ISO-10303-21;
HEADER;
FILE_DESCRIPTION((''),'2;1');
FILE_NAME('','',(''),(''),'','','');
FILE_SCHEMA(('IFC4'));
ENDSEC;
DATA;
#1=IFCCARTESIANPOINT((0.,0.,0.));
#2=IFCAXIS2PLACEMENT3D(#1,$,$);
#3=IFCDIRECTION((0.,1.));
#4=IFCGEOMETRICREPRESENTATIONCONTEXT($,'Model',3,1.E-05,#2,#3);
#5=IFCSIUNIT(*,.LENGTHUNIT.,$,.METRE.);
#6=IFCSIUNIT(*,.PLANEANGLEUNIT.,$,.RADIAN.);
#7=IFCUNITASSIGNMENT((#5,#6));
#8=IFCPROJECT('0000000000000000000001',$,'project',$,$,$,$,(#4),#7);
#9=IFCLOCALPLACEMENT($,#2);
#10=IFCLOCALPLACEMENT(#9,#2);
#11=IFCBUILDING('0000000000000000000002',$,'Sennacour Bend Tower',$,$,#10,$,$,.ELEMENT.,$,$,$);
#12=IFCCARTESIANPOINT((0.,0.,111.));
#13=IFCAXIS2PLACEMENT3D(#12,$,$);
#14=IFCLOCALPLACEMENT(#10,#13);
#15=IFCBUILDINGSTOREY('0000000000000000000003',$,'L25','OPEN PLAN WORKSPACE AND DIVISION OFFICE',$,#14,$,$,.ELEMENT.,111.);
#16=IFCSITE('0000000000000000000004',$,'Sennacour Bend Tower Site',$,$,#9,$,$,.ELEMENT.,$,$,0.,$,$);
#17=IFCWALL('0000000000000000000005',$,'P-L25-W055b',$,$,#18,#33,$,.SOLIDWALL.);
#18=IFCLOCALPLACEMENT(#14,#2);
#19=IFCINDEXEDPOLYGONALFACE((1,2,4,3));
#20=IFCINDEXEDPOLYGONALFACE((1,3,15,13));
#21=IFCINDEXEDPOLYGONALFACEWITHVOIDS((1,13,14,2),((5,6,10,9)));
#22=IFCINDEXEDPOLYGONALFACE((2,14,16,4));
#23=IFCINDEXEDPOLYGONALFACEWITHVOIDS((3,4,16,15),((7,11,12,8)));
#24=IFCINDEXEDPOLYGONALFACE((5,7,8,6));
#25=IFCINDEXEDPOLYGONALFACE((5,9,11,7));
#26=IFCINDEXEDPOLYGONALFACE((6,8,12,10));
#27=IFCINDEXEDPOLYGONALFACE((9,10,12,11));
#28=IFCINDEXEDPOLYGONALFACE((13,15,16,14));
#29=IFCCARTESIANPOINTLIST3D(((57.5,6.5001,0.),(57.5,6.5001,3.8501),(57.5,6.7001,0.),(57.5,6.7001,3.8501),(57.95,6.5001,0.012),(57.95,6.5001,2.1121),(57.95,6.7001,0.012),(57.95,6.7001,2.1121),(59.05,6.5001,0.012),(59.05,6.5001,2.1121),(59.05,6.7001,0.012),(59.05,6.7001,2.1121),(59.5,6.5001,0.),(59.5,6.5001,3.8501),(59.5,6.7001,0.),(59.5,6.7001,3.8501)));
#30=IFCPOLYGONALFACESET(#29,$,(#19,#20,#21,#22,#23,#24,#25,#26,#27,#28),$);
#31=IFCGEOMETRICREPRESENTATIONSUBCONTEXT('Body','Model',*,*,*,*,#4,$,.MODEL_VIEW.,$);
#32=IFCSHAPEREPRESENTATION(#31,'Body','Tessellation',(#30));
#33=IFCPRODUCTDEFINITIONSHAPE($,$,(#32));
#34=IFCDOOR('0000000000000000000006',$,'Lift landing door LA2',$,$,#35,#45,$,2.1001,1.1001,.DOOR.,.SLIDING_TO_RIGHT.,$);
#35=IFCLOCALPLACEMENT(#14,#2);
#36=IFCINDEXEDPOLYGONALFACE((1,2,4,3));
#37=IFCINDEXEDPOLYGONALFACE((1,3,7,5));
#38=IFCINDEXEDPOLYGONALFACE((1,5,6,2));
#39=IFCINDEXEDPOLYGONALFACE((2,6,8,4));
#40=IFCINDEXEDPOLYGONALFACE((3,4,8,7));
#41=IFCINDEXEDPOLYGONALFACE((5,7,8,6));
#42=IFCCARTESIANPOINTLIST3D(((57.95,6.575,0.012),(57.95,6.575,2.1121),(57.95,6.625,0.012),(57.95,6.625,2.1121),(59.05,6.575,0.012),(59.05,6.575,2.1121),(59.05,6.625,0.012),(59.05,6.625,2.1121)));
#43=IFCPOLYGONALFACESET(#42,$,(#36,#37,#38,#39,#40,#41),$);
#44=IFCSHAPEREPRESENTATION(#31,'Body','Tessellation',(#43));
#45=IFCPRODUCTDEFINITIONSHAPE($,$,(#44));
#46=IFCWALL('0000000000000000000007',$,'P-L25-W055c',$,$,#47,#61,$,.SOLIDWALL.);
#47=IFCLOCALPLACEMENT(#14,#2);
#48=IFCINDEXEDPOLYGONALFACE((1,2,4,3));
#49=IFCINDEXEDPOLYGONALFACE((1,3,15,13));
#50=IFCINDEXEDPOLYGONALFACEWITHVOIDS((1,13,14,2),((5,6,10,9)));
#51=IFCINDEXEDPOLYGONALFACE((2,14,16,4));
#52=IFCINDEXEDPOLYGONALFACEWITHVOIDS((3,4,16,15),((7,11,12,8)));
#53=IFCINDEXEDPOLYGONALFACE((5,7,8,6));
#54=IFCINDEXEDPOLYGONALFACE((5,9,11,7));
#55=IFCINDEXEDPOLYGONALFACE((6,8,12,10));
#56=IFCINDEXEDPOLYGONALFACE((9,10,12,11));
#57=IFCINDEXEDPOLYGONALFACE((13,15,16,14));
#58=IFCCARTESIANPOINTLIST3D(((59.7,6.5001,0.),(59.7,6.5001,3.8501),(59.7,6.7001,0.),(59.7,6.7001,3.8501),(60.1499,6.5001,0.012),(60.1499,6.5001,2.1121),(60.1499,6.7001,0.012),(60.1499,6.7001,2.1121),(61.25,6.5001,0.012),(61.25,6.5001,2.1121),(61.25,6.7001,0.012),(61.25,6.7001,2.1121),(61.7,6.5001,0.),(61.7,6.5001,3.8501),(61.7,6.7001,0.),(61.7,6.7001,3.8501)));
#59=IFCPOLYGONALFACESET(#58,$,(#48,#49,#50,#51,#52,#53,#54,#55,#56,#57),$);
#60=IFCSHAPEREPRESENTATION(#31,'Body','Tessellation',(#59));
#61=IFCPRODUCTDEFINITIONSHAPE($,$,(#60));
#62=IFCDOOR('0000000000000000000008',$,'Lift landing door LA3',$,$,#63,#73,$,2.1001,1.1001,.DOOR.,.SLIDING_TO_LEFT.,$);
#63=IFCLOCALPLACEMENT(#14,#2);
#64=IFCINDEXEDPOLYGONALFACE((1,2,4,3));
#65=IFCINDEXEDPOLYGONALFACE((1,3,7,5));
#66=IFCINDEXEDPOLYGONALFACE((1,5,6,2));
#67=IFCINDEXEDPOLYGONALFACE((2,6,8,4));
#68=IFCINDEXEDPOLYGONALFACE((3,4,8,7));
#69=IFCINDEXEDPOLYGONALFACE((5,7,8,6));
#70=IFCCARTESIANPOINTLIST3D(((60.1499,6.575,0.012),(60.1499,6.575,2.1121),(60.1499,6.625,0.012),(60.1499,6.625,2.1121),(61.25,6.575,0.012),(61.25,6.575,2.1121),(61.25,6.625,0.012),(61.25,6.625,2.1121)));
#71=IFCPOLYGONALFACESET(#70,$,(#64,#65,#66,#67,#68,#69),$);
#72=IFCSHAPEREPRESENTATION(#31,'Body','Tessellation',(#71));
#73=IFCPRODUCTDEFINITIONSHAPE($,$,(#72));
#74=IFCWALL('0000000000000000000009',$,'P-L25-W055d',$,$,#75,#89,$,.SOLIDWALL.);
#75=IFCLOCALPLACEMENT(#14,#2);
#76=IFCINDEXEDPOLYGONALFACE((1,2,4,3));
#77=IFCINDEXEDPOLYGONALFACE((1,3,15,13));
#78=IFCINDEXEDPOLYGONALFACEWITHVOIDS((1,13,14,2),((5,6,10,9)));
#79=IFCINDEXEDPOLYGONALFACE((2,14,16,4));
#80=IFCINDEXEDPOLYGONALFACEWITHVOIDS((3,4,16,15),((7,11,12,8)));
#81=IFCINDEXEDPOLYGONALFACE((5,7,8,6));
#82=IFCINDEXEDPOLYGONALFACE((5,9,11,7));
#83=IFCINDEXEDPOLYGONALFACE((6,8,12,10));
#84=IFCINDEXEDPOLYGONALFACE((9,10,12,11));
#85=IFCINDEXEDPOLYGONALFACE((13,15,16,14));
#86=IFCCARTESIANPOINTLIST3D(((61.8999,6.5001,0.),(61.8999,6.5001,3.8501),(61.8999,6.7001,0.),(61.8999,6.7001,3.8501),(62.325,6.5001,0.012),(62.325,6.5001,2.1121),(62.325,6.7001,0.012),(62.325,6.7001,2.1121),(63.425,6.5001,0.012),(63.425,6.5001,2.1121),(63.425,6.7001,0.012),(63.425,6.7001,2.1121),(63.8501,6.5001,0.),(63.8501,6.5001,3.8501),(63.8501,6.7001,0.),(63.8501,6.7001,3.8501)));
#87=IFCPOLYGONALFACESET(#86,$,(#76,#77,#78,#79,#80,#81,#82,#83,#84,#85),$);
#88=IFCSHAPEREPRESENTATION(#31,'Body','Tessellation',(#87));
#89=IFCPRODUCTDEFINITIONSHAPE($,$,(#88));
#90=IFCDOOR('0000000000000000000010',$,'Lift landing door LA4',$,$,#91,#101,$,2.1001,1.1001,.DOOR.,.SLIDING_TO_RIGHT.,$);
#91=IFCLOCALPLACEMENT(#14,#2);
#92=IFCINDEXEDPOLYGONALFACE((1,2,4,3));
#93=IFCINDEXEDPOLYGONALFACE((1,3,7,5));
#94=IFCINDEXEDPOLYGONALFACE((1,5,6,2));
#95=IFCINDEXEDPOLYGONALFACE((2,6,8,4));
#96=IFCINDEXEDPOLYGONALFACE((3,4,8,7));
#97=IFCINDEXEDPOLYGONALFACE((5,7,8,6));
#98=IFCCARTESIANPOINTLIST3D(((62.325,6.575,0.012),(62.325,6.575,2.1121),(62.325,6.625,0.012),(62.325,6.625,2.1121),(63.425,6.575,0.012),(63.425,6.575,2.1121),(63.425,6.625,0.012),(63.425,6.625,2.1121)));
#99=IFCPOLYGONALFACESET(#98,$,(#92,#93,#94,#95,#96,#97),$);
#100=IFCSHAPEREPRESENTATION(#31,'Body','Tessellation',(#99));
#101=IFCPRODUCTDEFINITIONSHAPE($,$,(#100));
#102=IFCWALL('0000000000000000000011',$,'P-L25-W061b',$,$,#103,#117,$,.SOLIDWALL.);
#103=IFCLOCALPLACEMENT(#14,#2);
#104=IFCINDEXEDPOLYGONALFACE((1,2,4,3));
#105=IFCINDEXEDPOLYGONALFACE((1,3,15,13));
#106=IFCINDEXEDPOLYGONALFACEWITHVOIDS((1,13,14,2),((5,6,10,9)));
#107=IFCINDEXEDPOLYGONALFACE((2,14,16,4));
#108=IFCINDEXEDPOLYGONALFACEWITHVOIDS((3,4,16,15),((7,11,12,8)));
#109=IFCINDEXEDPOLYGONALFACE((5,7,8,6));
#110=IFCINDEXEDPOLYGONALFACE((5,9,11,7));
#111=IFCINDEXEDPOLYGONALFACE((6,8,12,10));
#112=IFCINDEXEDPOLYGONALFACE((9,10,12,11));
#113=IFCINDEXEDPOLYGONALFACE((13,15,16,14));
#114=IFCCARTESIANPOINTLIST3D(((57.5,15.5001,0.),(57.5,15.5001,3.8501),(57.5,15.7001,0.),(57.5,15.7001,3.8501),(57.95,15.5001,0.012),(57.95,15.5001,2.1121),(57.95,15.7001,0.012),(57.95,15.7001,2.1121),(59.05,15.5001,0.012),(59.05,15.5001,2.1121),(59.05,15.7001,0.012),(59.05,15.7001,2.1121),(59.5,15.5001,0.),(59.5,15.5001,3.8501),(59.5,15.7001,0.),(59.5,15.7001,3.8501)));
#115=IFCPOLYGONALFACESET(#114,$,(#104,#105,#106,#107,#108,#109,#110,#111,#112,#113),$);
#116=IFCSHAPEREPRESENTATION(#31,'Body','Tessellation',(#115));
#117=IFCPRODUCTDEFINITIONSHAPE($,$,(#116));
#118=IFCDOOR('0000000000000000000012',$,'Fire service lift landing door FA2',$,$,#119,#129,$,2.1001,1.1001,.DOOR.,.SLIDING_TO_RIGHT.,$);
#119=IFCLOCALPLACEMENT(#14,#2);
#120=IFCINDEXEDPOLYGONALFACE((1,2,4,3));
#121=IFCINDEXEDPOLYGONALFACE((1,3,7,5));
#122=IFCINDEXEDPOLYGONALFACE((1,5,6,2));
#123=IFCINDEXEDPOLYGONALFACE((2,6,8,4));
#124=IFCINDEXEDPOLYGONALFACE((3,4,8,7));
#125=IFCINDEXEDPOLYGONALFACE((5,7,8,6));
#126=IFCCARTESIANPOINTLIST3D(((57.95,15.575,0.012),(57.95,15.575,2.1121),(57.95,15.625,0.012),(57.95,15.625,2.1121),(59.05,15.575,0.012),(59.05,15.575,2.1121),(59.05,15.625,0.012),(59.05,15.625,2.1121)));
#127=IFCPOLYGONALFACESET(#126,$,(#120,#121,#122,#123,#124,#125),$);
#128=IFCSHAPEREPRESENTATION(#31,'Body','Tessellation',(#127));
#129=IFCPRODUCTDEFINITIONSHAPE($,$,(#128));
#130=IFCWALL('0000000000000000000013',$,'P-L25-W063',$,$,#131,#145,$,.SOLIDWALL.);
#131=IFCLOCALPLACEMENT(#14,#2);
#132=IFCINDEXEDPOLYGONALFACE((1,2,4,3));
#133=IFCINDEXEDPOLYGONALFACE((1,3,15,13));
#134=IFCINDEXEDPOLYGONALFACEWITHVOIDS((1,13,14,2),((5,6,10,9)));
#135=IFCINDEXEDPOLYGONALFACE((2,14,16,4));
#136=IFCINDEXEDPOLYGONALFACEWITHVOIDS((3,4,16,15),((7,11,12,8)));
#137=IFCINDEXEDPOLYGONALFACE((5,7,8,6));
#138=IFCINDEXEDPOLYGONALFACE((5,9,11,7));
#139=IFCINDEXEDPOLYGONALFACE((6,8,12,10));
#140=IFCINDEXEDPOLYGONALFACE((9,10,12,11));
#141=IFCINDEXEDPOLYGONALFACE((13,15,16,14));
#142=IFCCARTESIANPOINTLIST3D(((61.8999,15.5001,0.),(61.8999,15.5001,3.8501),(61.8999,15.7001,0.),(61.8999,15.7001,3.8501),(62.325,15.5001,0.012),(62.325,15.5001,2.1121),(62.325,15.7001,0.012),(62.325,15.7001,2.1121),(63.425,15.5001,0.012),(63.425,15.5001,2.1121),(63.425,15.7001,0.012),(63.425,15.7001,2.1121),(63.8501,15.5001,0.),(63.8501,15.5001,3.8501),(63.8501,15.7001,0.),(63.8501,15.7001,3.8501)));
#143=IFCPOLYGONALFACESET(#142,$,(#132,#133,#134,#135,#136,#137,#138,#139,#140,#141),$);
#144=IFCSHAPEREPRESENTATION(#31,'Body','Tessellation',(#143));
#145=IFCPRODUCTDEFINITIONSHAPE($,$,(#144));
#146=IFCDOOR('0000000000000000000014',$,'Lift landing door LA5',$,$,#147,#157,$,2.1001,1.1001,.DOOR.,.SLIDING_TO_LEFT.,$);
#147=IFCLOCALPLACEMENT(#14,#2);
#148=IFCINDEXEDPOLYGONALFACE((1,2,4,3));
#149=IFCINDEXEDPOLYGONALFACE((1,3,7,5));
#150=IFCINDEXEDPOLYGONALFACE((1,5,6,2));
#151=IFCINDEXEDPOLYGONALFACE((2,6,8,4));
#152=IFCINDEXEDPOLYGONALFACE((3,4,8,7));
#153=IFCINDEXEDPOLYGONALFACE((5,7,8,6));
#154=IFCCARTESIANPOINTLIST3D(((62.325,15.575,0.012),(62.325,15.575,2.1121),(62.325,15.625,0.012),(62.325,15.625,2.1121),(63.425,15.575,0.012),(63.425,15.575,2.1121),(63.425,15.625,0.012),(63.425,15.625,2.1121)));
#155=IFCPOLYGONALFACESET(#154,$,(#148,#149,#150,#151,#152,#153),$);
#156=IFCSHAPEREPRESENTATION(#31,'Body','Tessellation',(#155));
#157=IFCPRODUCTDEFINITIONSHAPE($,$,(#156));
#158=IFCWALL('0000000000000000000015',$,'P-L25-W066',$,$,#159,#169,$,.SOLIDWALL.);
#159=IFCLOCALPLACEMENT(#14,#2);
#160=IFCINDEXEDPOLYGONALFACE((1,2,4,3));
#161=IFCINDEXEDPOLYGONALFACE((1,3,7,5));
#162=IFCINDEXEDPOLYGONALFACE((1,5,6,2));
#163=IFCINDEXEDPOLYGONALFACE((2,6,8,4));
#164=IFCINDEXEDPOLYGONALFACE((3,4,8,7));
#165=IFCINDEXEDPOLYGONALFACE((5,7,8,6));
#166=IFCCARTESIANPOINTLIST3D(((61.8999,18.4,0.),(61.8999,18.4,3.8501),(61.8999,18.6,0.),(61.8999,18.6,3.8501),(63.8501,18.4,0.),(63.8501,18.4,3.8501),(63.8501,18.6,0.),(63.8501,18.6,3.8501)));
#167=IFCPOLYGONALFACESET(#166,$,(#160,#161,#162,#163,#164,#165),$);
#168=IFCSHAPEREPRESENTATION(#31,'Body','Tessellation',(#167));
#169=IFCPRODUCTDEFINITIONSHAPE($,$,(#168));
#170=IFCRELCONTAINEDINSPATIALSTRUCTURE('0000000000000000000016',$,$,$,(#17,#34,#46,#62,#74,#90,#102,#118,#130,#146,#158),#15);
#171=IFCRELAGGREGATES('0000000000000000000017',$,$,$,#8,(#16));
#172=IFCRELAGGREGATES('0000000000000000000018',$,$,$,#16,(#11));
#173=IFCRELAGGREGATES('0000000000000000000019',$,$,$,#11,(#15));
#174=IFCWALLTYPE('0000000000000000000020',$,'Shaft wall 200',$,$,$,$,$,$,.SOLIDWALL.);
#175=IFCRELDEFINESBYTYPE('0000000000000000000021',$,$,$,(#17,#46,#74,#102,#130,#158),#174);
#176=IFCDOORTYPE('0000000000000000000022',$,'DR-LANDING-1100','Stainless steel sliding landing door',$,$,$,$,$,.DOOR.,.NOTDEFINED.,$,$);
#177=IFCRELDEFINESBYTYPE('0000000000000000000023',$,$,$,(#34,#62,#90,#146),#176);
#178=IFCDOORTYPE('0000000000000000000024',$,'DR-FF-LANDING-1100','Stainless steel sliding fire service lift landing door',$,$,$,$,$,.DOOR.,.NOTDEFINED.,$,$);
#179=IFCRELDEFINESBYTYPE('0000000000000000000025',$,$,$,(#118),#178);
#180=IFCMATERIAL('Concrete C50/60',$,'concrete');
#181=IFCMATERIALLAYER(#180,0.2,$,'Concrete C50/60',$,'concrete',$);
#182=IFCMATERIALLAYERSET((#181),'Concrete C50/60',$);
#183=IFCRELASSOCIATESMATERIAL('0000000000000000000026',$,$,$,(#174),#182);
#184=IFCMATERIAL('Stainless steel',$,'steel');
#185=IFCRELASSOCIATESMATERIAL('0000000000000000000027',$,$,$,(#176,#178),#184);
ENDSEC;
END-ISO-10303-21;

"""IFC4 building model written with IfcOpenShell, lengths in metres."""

from ifc_helpers import new_model, si_unit, direction, frame, frame_2d, origin, place, context, subcontext, project, spatial, rectangle, extrude, material, layer, layer_set, type_object, element, fill, save


model = new_model("IFC4")

# Units and contexts
model_context = context("Model", 3, precision=1e-05, world=origin(), true_north=direction((0.0, 1.0)))
body_context = subcontext(model_context, "Body", "Model", "MODEL_VIEW")
ifc_project = project(units=[si_unit("LENGTHUNIT", "METRE"), si_unit("PLANEANGLEUNIT", "RADIAN")], contexts=[model_context])

# Site, building, storey
site_placement = place(None, origin())
site = spatial("IfcSite", under=ifc_project, at=site_placement, Name="Sennacour Bend Tower Site", CompositionType="ELEMENT", RefElevation=0.0)
building_placement = place(site_placement, origin())
building = spatial("IfcBuilding", under=site, at=building_placement, Name="Sennacour Bend Tower", CompositionType="ELEMENT")
storey_placement = place(building_placement, frame((0.0, 0.0, 111.0)))
storey = spatial("IfcBuildingStorey", under=building, at=storey_placement, Name="L25", Description="OPEN PLAN WORKSPACE AND DIVISION OFFICE", CompositionType="ELEMENT", Elevation=111.0)

# Shared definitions
ifc_material_1 = material(Name="Concrete C50/60", Category="concrete")
ifc_layer_1 = layer(ifc_material_1, 0.2, Name="Concrete C50/60", Category="concrete")
ifc_layer_set_1 = layer_set([ifc_layer_1], Name="Concrete C50/60")
wall_type_1 = type_object("IfcWallType", Name="Shaft wall 200", PredefinedType="SOLIDWALL", material=ifc_layer_set_1)

# Walls, openings, doors
wall_1_placement = place(storey_placement, frame((57.5, 6.6001, 0.0), z_axis=(0.0, 0.0, 1.0), x_axis=(1.0, 0.0, 0.0)))
wall_1 = element("IfcWall", 1, at=wall_1_placement, inside=storey, type_object=wall_type_1, Name="P-L25-W055b", PredefinedType="SOLIDWALL", context=body_context, shape_type="SweptSolid", body=[
    extrude(rectangle(XDim=2.0, YDim=0.2, at=frame_2d((1.0, 0.0))), origin(), (0.0, 0.0, 1.0), 3.8501),
])
opening_1_placement = place(wall_1_placement, frame((0.45, 0.0, 0.012)))
opening_1 = element("IfcOpeningElement", 2, at=opening_1_placement, cuts=wall_1, PredefinedType="OPENING", context=body_context, shape_type="SweptSolid", body=[
    extrude(rectangle(XDim=1.1001, YDim=2.1001, at=frame_2d((0.55, 1.05))), frame((0.0, 0.1099, 0.0), z_axis=(0.0, -1.0, 0.0), x_axis=(1.0, 0.0, 0.0)), (0.0, 0.0, 1.0), 0.22),
])
ifc_material_2 = material(Name="Stainless steel", Category="steel")
door_type_1 = type_object("IfcDoorType", Name="DR-LANDING-1100", Description="Stainless steel sliding landing door", OperationType="NOTDEFINED", PredefinedType="DOOR", material=ifc_material_2)
door_1_placement = place(opening_1_placement, origin())
door_1 = element("IfcDoor", 3, at=door_1_placement, inside=storey, type_object=door_type_1, Name="Lift landing door LA2", OperationType="SLIDING_TO_RIGHT", OverallHeight=2.1001, OverallWidth=1.1001, PredefinedType="DOOR", context=body_context, shape_type="SweptSolid", body=[
    extrude(rectangle(XDim=1.1001, YDim=2.1001, at=frame_2d((0.55, 1.05))), frame((0.0, 0.0249, 0.0), z_axis=(0.0, -1.0, 0.0), x_axis=(1.0, 0.0, 0.0)), (0.0, 0.0, 1.0), 0.05),
])
fill(opening_1, door_1)
wall_2_placement = place(storey_placement, frame((59.7, 6.6001, 0.0), z_axis=(0.0, 0.0, 1.0), x_axis=(1.0, 0.0, 0.0)))
wall_2 = element("IfcWall", 4, at=wall_2_placement, inside=storey, type_object=wall_type_1, Name="P-L25-W055c", PredefinedType="SOLIDWALL", context=body_context, shape_type="SweptSolid", body=[
    extrude(rectangle(XDim=2.0, YDim=0.2, at=frame_2d((1.0, 0.0))), origin(), (0.0, 0.0, 1.0), 3.8501),
])
opening_2_placement = place(wall_2_placement, frame((0.45, 0.0, 0.012)))
opening_2 = element("IfcOpeningElement", 5, at=opening_2_placement, cuts=wall_2, PredefinedType="OPENING", context=body_context, shape_type="SweptSolid", body=[
    extrude(rectangle(XDim=1.1001, YDim=2.1001, at=frame_2d((0.55, 1.05))), frame((0.0, 0.1099, 0.0), z_axis=(0.0, -1.0, 0.0), x_axis=(1.0, 0.0, 0.0)), (0.0, 0.0, 1.0), 0.22),
])
door_2_placement = place(opening_2_placement, origin())
door_2 = element("IfcDoor", 6, at=door_2_placement, inside=storey, type_object=door_type_1, Name="Lift landing door LA3", OperationType="SLIDING_TO_LEFT", OverallHeight=2.1001, OverallWidth=1.1001, PredefinedType="DOOR", context=body_context, shape_type="SweptSolid", body=[
    extrude(rectangle(XDim=1.1001, YDim=2.1001, at=frame_2d((0.55, 1.05))), frame((0.0, 0.0249, 0.0), z_axis=(0.0, -1.0, 0.0), x_axis=(1.0, 0.0, 0.0)), (0.0, 0.0, 1.0), 0.05),
])
fill(opening_2, door_2)
wall_3_placement = place(storey_placement, frame((61.8999, 6.6001, 0.0), z_axis=(0.0, 0.0, 1.0), x_axis=(1.0, 0.0, 0.0)))
wall_3 = element("IfcWall", 7, at=wall_3_placement, inside=storey, type_object=wall_type_1, Name="P-L25-W055d", PredefinedType="SOLIDWALL", context=body_context, shape_type="SweptSolid", body=[
    extrude(rectangle(XDim=1.9502, YDim=0.2, at=frame_2d((0.9751, 0.0))), origin(), (0.0, 0.0, 1.0), 3.8501),
])
opening_3_placement = place(wall_3_placement, frame((0.425, 0.0, 0.012)))
opening_3 = element("IfcOpeningElement", 8, at=opening_3_placement, cuts=wall_3, PredefinedType="OPENING", context=body_context, shape_type="SweptSolid", body=[
    extrude(rectangle(XDim=1.1001, YDim=2.1001, at=frame_2d((0.55, 1.05))), frame((0.0, 0.1099, 0.0), z_axis=(0.0, -1.0, 0.0), x_axis=(1.0, 0.0, 0.0)), (0.0, 0.0, 1.0), 0.22),
])
door_3_placement = place(opening_3_placement, origin())
door_3 = element("IfcDoor", 9, at=door_3_placement, inside=storey, type_object=door_type_1, Name="Lift landing door LA4", OperationType="SLIDING_TO_RIGHT", OverallHeight=2.1001, OverallWidth=1.1001, PredefinedType="DOOR", context=body_context, shape_type="SweptSolid", body=[
    extrude(rectangle(XDim=1.1001, YDim=2.1001, at=frame_2d((0.55, 1.05))), frame((0.0, 0.0249, 0.0), z_axis=(0.0, -1.0, 0.0), x_axis=(1.0, 0.0, 0.0)), (0.0, 0.0, 1.0), 0.05),
])
fill(opening_3, door_3)
wall_4_placement = place(storey_placement, frame((57.5, 15.6001, 0.0), z_axis=(0.0, 0.0, 1.0), x_axis=(1.0, 0.0, 0.0)))
wall_4 = element("IfcWall", 10, at=wall_4_placement, inside=storey, type_object=wall_type_1, Name="P-L25-W061b", PredefinedType="SOLIDWALL", context=body_context, shape_type="SweptSolid", body=[
    extrude(rectangle(XDim=2.0, YDim=0.2, at=frame_2d((1.0, 0.0))), origin(), (0.0, 0.0, 1.0), 3.8501),
])
opening_4_placement = place(wall_4_placement, frame((0.45, 0.0, 0.012)))
opening_4 = element("IfcOpeningElement", 11, at=opening_4_placement, cuts=wall_4, PredefinedType="OPENING", context=body_context, shape_type="SweptSolid", body=[
    extrude(rectangle(XDim=1.1001, YDim=2.1001, at=frame_2d((0.55, 1.05))), frame((0.0, 0.1099, 0.0), z_axis=(0.0, -1.0, 0.0), x_axis=(1.0, 0.0, 0.0)), (0.0, 0.0, 1.0), 0.22),
])
door_type_2 = type_object("IfcDoorType", Name="DR-FF-LANDING-1100", Description="Stainless steel sliding fire service lift landing door", OperationType="NOTDEFINED", PredefinedType="DOOR", material=ifc_material_2)
door_4_placement = place(opening_4_placement, origin())
door_4 = element("IfcDoor", 12, at=door_4_placement, inside=storey, type_object=door_type_2, Name="Fire service lift landing door FA2", OperationType="SLIDING_TO_RIGHT", OverallHeight=2.1001, OverallWidth=1.1001, PredefinedType="DOOR", context=body_context, shape_type="SweptSolid", body=[
    extrude(rectangle(XDim=1.1001, YDim=2.1001, at=frame_2d((0.55, 1.05))), frame((0.0, 0.0249, 0.0), z_axis=(0.0, -1.0, 0.0), x_axis=(1.0, 0.0, 0.0)), (0.0, 0.0, 1.0), 0.05),
])
fill(opening_4, door_4)
wall_5_placement = place(storey_placement, frame((61.8999, 15.6001, 0.0), z_axis=(0.0, 0.0, 1.0), x_axis=(1.0, 0.0, 0.0)))
wall_5 = element("IfcWall", 13, at=wall_5_placement, inside=storey, type_object=wall_type_1, Name="P-L25-W063", PredefinedType="SOLIDWALL", context=body_context, shape_type="SweptSolid", body=[
    extrude(rectangle(XDim=1.9502, YDim=0.2, at=frame_2d((0.9751, 0.0))), origin(), (0.0, 0.0, 1.0), 3.8501),
])
opening_5_placement = place(wall_5_placement, frame((0.425, 0.0, 0.012)))
opening_5 = element("IfcOpeningElement", 14, at=opening_5_placement, cuts=wall_5, PredefinedType="OPENING", context=body_context, shape_type="SweptSolid", body=[
    extrude(rectangle(XDim=1.1001, YDim=2.1001, at=frame_2d((0.55, 1.05))), frame((0.0, 0.1099, 0.0), z_axis=(0.0, -1.0, 0.0), x_axis=(1.0, 0.0, 0.0)), (0.0, 0.0, 1.0), 0.22),
])
door_5_placement = place(opening_5_placement, origin())
door_5 = element("IfcDoor", 15, at=door_5_placement, inside=storey, type_object=door_type_1, Name="Lift landing door LA5", OperationType="SLIDING_TO_LEFT", OverallHeight=2.1001, OverallWidth=1.1001, PredefinedType="DOOR", context=body_context, shape_type="SweptSolid", body=[
    extrude(rectangle(XDim=1.1001, YDim=2.1001, at=frame_2d((0.55, 1.05))), frame((0.0, 0.0249, 0.0), z_axis=(0.0, -1.0, 0.0), x_axis=(1.0, 0.0, 0.0)), (0.0, 0.0, 1.0), 0.05),
])
fill(opening_5, door_5)

# Wall
wall_6_placement = place(storey_placement, frame((61.8999, 18.5, 0.0), z_axis=(0.0, 0.0, 1.0), x_axis=(1.0, 0.0, 0.0)))
element("IfcWall", 16, at=wall_6_placement, inside=storey, type_object=wall_type_1, Name="P-L25-W066", PredefinedType="SOLIDWALL", context=body_context, shape_type="SweptSolid", body=[
    extrude(rectangle(XDim=1.9502, YDim=0.2, at=frame_2d((0.9751, 0.0))), origin(), (0.0, 0.0, 1.0), 3.8501),
])

save(model, "model.ifc")
